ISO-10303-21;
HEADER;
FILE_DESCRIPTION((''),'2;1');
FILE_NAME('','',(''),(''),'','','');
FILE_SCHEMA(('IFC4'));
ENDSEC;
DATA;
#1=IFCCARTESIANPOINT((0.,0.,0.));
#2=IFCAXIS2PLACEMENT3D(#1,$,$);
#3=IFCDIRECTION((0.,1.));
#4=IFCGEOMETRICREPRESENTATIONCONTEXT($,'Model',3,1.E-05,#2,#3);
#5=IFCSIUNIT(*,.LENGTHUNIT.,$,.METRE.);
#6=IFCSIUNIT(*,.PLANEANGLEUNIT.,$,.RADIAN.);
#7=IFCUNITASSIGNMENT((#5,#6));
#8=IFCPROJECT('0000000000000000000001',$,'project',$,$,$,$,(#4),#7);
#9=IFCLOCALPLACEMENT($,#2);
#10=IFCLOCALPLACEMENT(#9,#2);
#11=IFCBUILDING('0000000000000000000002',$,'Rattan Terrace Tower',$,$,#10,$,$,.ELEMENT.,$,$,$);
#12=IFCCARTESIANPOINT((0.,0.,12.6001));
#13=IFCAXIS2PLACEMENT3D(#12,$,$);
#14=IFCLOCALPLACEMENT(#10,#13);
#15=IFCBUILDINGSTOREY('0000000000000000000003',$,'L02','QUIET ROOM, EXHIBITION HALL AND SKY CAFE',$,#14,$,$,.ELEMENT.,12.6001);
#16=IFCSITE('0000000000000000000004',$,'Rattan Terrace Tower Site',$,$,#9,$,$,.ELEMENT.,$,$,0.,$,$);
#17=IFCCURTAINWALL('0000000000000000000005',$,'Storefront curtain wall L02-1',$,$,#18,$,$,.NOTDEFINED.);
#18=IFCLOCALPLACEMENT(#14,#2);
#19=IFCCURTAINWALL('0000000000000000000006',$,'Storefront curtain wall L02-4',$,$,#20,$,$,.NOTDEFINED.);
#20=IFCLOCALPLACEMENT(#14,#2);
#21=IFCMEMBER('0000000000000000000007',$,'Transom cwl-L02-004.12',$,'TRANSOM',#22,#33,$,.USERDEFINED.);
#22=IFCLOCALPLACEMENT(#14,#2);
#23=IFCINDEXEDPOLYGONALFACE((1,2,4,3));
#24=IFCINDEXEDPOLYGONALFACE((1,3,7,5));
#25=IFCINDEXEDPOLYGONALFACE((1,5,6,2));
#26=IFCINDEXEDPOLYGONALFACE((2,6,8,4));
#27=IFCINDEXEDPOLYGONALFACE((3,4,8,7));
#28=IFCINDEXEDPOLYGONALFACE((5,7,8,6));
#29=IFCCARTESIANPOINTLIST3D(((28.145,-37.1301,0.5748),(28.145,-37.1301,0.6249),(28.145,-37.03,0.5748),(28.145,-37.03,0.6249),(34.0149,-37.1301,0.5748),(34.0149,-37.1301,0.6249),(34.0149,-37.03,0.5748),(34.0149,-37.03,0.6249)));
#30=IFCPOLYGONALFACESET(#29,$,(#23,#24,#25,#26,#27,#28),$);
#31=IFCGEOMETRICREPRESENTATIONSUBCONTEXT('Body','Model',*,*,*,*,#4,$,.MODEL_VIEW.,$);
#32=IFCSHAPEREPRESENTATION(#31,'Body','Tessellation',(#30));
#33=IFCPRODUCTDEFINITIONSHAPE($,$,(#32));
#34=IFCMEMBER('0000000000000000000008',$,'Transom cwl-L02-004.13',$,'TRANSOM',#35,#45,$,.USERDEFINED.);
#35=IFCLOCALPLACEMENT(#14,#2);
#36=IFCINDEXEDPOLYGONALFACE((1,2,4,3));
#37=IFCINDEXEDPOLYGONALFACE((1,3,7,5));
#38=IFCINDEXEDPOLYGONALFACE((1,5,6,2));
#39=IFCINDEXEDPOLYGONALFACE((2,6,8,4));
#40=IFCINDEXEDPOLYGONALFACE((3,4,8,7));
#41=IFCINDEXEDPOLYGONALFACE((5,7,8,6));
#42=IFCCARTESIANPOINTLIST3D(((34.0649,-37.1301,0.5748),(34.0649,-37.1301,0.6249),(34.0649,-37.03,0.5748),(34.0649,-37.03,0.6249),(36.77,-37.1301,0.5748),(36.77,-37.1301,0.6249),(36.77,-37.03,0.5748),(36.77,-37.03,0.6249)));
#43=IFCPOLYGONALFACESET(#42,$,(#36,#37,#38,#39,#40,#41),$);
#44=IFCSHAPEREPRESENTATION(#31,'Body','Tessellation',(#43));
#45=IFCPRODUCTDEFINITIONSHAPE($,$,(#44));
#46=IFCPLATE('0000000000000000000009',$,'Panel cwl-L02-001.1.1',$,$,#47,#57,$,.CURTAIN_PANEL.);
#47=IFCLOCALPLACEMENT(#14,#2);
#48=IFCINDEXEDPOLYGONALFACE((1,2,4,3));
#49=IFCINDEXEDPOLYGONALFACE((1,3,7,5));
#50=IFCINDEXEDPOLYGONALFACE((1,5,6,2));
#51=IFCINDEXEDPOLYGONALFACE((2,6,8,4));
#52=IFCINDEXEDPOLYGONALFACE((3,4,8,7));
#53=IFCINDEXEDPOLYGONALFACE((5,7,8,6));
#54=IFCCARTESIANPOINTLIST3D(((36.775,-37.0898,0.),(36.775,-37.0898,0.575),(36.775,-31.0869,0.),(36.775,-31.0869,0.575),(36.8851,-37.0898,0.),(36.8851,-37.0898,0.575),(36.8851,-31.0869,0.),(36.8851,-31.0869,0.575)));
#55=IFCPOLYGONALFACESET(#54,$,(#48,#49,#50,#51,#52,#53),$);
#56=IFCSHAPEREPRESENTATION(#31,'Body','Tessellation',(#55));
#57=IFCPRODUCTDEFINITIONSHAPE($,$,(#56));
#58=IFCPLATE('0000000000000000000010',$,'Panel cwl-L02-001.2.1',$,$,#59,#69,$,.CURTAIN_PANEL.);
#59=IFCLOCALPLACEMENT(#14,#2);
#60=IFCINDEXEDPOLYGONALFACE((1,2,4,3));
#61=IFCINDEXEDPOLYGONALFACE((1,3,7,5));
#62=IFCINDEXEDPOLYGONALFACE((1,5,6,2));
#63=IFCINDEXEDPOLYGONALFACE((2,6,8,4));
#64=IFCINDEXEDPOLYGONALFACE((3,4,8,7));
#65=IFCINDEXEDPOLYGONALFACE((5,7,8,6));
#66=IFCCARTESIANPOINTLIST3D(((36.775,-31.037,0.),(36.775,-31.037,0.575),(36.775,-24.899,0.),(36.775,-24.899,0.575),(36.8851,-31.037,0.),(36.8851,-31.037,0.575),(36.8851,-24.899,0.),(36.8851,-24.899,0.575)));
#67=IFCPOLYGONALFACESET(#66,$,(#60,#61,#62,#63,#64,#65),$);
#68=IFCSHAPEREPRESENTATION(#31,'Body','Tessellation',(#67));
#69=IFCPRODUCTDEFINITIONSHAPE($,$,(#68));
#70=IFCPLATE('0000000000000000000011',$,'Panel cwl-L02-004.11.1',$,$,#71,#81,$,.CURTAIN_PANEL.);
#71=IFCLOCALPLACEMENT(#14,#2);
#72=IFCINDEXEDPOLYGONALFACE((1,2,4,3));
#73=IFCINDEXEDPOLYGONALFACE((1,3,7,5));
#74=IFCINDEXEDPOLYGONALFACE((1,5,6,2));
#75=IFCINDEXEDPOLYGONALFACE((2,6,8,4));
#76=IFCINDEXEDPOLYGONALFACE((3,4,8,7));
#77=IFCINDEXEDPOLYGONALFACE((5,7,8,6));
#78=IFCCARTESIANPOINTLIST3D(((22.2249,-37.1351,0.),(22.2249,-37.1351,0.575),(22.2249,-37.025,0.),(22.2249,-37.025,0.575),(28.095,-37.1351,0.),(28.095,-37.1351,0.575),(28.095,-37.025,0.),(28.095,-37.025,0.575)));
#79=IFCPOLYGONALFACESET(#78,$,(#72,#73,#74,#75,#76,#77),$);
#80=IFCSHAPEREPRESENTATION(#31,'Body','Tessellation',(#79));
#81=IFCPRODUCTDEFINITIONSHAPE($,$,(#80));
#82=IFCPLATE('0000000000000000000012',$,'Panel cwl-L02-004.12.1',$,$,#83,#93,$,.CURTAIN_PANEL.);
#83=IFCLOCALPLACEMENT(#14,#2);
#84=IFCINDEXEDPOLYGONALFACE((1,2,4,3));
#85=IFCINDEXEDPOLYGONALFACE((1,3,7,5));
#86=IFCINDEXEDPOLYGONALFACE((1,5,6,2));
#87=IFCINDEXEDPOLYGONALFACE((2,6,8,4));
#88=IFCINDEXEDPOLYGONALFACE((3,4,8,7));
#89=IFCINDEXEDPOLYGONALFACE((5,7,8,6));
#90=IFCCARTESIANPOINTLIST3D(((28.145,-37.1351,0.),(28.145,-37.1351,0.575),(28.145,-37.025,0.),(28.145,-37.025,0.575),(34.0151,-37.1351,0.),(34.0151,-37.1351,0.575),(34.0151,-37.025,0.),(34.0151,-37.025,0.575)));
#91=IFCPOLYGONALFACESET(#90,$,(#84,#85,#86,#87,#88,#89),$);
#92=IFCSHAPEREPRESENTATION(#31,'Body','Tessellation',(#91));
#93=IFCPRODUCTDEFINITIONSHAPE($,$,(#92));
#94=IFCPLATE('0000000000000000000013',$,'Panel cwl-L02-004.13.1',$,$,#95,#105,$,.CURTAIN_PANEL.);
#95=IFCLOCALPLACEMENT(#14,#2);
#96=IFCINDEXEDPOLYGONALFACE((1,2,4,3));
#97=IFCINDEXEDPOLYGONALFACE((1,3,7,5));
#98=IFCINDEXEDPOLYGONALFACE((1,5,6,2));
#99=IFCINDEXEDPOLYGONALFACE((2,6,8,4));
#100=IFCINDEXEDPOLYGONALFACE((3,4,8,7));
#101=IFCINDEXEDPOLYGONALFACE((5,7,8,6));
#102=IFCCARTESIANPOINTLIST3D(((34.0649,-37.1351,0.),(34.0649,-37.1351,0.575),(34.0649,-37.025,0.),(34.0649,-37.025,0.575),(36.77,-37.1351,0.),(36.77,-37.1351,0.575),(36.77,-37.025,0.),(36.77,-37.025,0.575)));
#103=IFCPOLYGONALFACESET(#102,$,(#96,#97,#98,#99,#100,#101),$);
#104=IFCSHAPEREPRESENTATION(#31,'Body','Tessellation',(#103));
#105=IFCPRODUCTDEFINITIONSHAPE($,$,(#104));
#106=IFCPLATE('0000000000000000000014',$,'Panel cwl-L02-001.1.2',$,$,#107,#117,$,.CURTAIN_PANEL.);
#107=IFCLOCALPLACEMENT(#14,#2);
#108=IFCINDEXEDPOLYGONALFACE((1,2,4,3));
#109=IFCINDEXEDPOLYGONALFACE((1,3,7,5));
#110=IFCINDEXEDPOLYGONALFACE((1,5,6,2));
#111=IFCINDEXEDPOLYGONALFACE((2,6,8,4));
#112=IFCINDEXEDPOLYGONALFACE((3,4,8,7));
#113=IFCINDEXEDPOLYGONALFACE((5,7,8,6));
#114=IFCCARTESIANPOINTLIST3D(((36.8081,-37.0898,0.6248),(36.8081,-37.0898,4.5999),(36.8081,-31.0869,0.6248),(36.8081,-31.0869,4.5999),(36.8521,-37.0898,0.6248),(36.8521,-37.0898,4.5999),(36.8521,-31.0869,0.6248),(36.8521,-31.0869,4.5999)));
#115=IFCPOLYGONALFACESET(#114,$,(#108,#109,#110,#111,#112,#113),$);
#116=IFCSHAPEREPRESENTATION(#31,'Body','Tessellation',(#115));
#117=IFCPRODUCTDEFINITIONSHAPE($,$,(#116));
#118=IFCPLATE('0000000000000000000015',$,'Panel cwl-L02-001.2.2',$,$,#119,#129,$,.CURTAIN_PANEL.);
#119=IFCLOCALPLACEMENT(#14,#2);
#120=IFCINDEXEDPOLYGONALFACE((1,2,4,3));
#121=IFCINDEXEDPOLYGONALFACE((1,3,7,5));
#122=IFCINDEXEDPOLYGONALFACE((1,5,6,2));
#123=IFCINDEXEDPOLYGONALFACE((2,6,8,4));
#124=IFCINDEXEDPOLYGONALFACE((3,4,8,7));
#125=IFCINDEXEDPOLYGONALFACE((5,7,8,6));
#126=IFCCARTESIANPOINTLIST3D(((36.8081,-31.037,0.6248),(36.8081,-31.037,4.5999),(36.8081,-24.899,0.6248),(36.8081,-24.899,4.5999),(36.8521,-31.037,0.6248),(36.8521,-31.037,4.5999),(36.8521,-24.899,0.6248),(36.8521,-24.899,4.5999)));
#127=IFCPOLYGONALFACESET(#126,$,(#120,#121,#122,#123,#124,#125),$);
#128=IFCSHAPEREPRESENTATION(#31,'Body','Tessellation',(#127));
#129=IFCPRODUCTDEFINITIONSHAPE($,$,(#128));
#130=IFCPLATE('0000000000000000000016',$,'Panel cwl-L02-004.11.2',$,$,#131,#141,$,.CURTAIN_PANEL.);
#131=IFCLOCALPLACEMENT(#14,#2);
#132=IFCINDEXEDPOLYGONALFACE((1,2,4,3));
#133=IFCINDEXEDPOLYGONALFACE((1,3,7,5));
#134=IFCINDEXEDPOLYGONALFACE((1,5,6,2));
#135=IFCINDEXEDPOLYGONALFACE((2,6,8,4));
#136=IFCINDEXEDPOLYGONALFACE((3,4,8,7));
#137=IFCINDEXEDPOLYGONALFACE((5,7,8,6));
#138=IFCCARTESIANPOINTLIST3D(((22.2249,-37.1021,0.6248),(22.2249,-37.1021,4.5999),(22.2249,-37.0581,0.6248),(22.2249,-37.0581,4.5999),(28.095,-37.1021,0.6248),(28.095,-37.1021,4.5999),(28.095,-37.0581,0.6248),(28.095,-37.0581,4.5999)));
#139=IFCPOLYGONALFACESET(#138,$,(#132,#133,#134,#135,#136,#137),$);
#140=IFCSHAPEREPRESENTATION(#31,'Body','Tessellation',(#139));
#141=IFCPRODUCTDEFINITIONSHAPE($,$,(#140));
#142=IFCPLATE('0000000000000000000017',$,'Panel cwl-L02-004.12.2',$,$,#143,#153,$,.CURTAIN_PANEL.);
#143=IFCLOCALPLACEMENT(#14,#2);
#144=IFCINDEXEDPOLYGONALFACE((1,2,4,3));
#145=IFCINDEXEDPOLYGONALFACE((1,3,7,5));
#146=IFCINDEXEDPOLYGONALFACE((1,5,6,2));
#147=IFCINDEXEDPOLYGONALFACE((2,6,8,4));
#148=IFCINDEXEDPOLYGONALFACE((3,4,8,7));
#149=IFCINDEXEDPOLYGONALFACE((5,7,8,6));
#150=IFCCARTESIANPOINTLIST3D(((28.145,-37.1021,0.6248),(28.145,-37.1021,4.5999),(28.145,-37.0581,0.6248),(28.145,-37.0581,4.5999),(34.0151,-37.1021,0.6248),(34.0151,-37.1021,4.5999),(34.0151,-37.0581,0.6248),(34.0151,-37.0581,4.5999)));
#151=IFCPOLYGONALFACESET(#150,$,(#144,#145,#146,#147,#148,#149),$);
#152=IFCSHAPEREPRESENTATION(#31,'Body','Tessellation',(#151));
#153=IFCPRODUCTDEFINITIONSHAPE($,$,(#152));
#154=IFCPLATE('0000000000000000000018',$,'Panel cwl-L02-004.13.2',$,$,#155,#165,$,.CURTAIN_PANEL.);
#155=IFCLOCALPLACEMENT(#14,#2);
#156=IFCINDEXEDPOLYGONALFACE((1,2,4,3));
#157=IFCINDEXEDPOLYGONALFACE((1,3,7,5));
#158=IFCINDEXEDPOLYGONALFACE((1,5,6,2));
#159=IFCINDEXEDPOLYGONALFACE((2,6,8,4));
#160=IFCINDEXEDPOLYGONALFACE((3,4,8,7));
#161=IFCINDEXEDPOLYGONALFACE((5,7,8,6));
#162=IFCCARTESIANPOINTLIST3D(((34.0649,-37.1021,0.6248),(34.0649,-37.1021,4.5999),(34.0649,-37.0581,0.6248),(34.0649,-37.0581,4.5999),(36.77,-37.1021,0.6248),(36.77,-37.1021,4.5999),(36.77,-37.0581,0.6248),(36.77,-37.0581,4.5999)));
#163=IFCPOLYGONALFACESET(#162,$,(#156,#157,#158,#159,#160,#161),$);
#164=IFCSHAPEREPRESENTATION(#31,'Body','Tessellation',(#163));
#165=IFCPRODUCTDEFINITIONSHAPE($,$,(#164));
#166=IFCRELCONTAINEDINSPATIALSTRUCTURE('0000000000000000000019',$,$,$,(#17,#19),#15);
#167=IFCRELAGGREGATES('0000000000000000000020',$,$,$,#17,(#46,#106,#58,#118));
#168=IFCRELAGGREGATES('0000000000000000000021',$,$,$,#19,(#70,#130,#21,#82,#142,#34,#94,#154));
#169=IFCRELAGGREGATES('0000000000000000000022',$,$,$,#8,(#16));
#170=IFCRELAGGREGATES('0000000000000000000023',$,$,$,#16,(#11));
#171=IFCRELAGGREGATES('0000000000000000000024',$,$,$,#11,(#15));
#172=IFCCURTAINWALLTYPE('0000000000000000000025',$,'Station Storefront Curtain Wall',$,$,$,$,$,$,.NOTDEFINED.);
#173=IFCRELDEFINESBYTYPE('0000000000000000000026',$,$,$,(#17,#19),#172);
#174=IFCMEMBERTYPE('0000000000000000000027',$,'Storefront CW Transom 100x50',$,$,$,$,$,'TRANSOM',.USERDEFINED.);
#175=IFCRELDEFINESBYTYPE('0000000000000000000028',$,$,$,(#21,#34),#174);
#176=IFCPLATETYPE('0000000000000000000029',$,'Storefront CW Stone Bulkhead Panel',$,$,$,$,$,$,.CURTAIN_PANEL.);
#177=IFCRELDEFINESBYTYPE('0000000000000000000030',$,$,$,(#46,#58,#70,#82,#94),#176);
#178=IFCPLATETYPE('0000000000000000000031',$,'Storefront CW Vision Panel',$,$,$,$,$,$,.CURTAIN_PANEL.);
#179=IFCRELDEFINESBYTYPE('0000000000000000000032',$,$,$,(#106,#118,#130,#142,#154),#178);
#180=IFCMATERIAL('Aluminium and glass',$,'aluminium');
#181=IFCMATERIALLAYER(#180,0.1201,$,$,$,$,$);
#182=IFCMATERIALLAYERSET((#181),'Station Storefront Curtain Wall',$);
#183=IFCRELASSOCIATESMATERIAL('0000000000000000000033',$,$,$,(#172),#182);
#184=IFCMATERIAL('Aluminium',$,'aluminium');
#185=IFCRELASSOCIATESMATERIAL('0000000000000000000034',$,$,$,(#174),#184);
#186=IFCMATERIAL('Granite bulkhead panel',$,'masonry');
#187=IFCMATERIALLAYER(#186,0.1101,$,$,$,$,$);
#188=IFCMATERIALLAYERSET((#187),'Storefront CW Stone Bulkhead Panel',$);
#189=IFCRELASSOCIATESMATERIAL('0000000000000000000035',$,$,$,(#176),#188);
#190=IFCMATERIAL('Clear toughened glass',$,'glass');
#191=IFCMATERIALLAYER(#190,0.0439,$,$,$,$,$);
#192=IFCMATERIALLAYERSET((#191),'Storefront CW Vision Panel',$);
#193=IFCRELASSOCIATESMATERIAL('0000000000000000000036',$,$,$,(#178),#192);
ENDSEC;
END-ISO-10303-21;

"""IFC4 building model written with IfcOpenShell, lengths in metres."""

from ifc_helpers import new_model, si_unit, direction, frame, origin, origin_2d, place, context, subcontext, project, spatial, rectangle, extrude, material, layer, layer_set, material_profile, profile_set, type_object, element, aggregate, save


model = new_model("IFC4")

# Units and contexts
model_context = context("Model", 3, precision=1e-05, world=origin(), true_north=direction((0.0, 1.0)))
body_context = subcontext(model_context, "Body", "Model", "MODEL_VIEW")
ifc_project = project(units=[si_unit("LENGTHUNIT", "METRE"), si_unit("PLANEANGLEUNIT", "RADIAN")], contexts=[model_context])

# Site, building, storey
site_placement = place(None, origin())
site = spatial("IfcSite", under=ifc_project, at=site_placement, Name="Rattan Terrace Tower Site", CompositionType="ELEMENT", RefElevation=0.0)
building_placement = place(site_placement, origin())
building = spatial("IfcBuilding", under=site, at=building_placement, Name="Rattan Terrace Tower", CompositionType="ELEMENT")
storey_placement = place(building_placement, frame((0.0, 0.0, 12.6001)))
storey = spatial("IfcBuildingStorey", under=building, at=storey_placement, Name="L02", Description="QUIET ROOM, EXHIBITION HALL AND SKY CAFE", CompositionType="ELEMENT", Elevation=12.6001)

# Curtain walls
ifc_material_1 = material(Name="Aluminium and glass", Category="aluminium")
ifc_layer_1 = layer(ifc_material_1, 0.1201)
ifc_layer_set_1 = layer_set([ifc_layer_1], Name="Station Storefront Curtain Wall")
curtain_wall_type = type_object("IfcCurtainWallType", Name="Station Storefront Curtain Wall", PredefinedType="NOTDEFINED", material=ifc_layer_set_1)
curtain_wall_1_placement = place(storey_placement, origin())
curtain_wall_1 = element("IfcCurtainWall", 1, at=curtain_wall_1_placement, inside=storey, type_object=curtain_wall_type, Name="Storefront curtain wall L02-1", PredefinedType="NOTDEFINED")
curtain_wall_2_placement = place(storey_placement, origin())
curtain_wall_2 = element("IfcCurtainWall", 2, at=curtain_wall_2_placement, inside=storey, type_object=curtain_wall_type, Name="Storefront curtain wall L02-4", PredefinedType="NOTDEFINED")

# Members
ifc_material_2 = material(Name="Aluminium", Category="aluminium")
ifc_material_profile_1 = material_profile(ifc_material_2, rectangle(XDim=0.1001, YDim=0.05, at=origin_2d()), Name="Aluminium 100x50")
ifc_profile_set_1 = profile_set([ifc_material_profile_1], Name="Aluminium")
member_type_1 = type_object("IfcMemberType", Name="Storefront CW Transom 100x50", ElementType="TRANSOM", PredefinedType="USERDEFINED", material=ifc_profile_set_1)
member_1_placement = place(storey_placement, frame((28.145, -37.0801, 0.5999), z_axis=(1.0, 0.0, 0.0), x_axis=(0.0, 1.0, 0.0)))
member_1 = element("IfcMember", 3, at=member_1_placement, type_object=member_type_1, Name="Transom cwl-L02-004.12", ObjectType="TRANSOM", PredefinedType="USERDEFINED", context=body_context, shape_type="SweptSolid", body=[
    extrude(rectangle(XDim=0.1001, YDim=0.05, at=origin_2d()), origin(), (0.0, 0.0, 1.0), 5.8699),
])
member_2_placement = place(storey_placement, frame((34.0649, -37.0801, 0.5999), z_axis=(1.0, 0.0, 0.0), x_axis=(0.0, 1.0, 0.0)))
member_2 = element("IfcMember", 4, at=member_2_placement, type_object=member_type_1, Name="Transom cwl-L02-004.13", ObjectType="TRANSOM", PredefinedType="USERDEFINED", context=body_context, shape_type="SweptSolid", body=[
    extrude(rectangle(XDim=0.1001, YDim=0.05, at=origin_2d()), origin(), (0.0, 0.0, 1.0), 2.7051),
])

# Plates
ifc_material_3 = material(Name="Granite bulkhead panel", Category="masonry")
ifc_layer_2 = layer(ifc_material_3, 0.1101)
ifc_layer_set_2 = layer_set([ifc_layer_2], Name="Storefront CW Stone Bulkhead Panel")
plate_type_1 = type_object("IfcPlateType", Name="Storefront CW Stone Bulkhead Panel", PredefinedType="CURTAIN_PANEL", material=ifc_layer_set_2)
plate_1_placement = place(storey_placement, frame((36.8301, -34.0884, 0.0), z_axis=(0.0, 0.0, 1.0), x_axis=(0.0, 1.0, 0.0)))
plate_1 = element("IfcPlate", 5, at=plate_1_placement, type_object=plate_type_1, Name="Panel cwl-L02-001.1.1", PredefinedType="CURTAIN_PANEL", context=body_context, shape_type="SweptSolid", body=[
    extrude(rectangle(XDim=6.0029, YDim=0.1101, at=origin_2d()), origin(), (0.0, 0.0, 1.0), 0.575),
])
plate_2_placement = place(storey_placement, frame((36.8301, -27.968, 0.0), z_axis=(0.0, 0.0, 1.0), x_axis=(0.0, 1.0, 0.0)))
plate_2 = element("IfcPlate", 6, at=plate_2_placement, type_object=plate_type_1, Name="Panel cwl-L02-001.2.1", PredefinedType="CURTAIN_PANEL", context=body_context, shape_type="SweptSolid", body=[
    extrude(rectangle(XDim=6.1379, YDim=0.1101, at=origin_2d()), origin(), (0.0, 0.0, 1.0), 0.575),
])
plate_3_placement = place(storey_placement, frame((25.1599, -37.0801, 0.0), z_axis=(0.0, 0.0, 1.0), x_axis=(1.0, 0.0, 0.0)))
plate_3 = element("IfcPlate", 7, at=plate_3_placement, type_object=plate_type_1, Name="Panel cwl-L02-004.11.1", PredefinedType="CURTAIN_PANEL", context=body_context, shape_type="SweptSolid", body=[
    extrude(rectangle(XDim=5.8701, YDim=0.1101, at=origin_2d()), origin(), (0.0, 0.0, 1.0), 0.575),
])
plate_4_placement = place(storey_placement, frame((31.0801, -37.0801, 0.0), z_axis=(0.0, 0.0, 1.0), x_axis=(1.0, 0.0, 0.0)))
plate_4 = element("IfcPlate", 8, at=plate_4_placement, type_object=plate_type_1, Name="Panel cwl-L02-004.12.1", PredefinedType="CURTAIN_PANEL", context=body_context, shape_type="SweptSolid", body=[
    extrude(rectangle(XDim=5.8701, YDim=0.1101, at=origin_2d()), origin(), (0.0, 0.0, 1.0), 0.575),
])
plate_5_placement = place(storey_placement, frame((35.4175, -37.0801, 0.0), z_axis=(0.0, 0.0, 1.0), x_axis=(1.0, 0.0, 0.0)))
plate_5 = element("IfcPlate", 9, at=plate_5_placement, type_object=plate_type_1, Name="Panel cwl-L02-004.13.1", PredefinedType="CURTAIN_PANEL", context=body_context, shape_type="SweptSolid", body=[
    extrude(rectangle(XDim=2.7051, YDim=0.1101, at=origin_2d()), origin(), (0.0, 0.0, 1.0), 0.575),
])
ifc_material_4 = material(Name="Clear toughened glass", Category="glass")
ifc_layer_3 = layer(ifc_material_4, 0.0439)
ifc_layer_set_3 = layer_set([ifc_layer_3], Name="Storefront CW Vision Panel")
plate_type_2 = type_object("IfcPlateType", Name="Storefront CW Vision Panel", PredefinedType="CURTAIN_PANEL", material=ifc_layer_set_3)
plate_6_placement = place(storey_placement, frame((36.8301, -34.0884, 0.6248), z_axis=(0.0, 0.0, 1.0), x_axis=(0.0, 1.0, 0.0)))
plate_6 = element("IfcPlate", 10, at=plate_6_placement, type_object=plate_type_2, Name="Panel cwl-L02-001.1.2", PredefinedType="CURTAIN_PANEL", context=body_context, shape_type="SweptSolid", body=[
    extrude(rectangle(XDim=6.0029, YDim=0.0439, at=origin_2d()), origin(), (0.0, 0.0, 1.0), 3.9751),
])
plate_7_placement = place(storey_placement, frame((36.8301, -27.968, 0.6248), z_axis=(0.0, 0.0, 1.0), x_axis=(0.0, 1.0, 0.0)))
plate_7 = element("IfcPlate", 11, at=plate_7_placement, type_object=plate_type_2, Name="Panel cwl-L02-001.2.2", PredefinedType="CURTAIN_PANEL", context=body_context, shape_type="SweptSolid", body=[
    extrude(rectangle(XDim=6.1379, YDim=0.0439, at=origin_2d()), origin(), (0.0, 0.0, 1.0), 3.9751),
])
aggregate(curtain_wall_1, [plate_1, plate_6, plate_2, plate_7])
plate_8_placement = place(storey_placement, frame((25.1599, -37.0801, 0.6248), z_axis=(0.0, 0.0, 1.0), x_axis=(1.0, 0.0, 0.0)))
plate_8 = element("IfcPlate", 12, at=plate_8_placement, type_object=plate_type_2, Name="Panel cwl-L02-004.11.2", PredefinedType="CURTAIN_PANEL", context=body_context, shape_type="SweptSolid", body=[
    extrude(rectangle(XDim=5.8701, YDim=0.0439, at=origin_2d()), origin(), (0.0, 0.0, 1.0), 3.9751),
])
plate_9_placement = place(storey_placement, frame((31.0801, -37.0801, 0.6248), z_axis=(0.0, 0.0, 1.0), x_axis=(1.0, 0.0, 0.0)))
plate_9 = element("IfcPlate", 13, at=plate_9_placement, type_object=plate_type_2, Name="Panel cwl-L02-004.12.2", PredefinedType="CURTAIN_PANEL", context=body_context, shape_type="SweptSolid", body=[
    extrude(rectangle(XDim=5.8701, YDim=0.0439, at=origin_2d()), origin(), (0.0, 0.0, 1.0), 3.9751),
])
plate_10_placement = place(storey_placement, frame((35.4175, -37.0801, 0.6248), z_axis=(0.0, 0.0, 1.0), x_axis=(1.0, 0.0, 0.0)))
plate_10 = element("IfcPlate", 14, at=plate_10_placement, type_object=plate_type_2, Name="Panel cwl-L02-004.13.2", PredefinedType="CURTAIN_PANEL", context=body_context, shape_type="SweptSolid", body=[
    extrude(rectangle(XDim=2.7051, YDim=0.0439, at=origin_2d()), origin(), (0.0, 0.0, 1.0), 3.9751),
])
aggregate(curtain_wall_2, [plate_3, plate_8, member_1, plate_4, plate_9, member_2, plate_5, plate_10])

save(model, "model.ifc")
